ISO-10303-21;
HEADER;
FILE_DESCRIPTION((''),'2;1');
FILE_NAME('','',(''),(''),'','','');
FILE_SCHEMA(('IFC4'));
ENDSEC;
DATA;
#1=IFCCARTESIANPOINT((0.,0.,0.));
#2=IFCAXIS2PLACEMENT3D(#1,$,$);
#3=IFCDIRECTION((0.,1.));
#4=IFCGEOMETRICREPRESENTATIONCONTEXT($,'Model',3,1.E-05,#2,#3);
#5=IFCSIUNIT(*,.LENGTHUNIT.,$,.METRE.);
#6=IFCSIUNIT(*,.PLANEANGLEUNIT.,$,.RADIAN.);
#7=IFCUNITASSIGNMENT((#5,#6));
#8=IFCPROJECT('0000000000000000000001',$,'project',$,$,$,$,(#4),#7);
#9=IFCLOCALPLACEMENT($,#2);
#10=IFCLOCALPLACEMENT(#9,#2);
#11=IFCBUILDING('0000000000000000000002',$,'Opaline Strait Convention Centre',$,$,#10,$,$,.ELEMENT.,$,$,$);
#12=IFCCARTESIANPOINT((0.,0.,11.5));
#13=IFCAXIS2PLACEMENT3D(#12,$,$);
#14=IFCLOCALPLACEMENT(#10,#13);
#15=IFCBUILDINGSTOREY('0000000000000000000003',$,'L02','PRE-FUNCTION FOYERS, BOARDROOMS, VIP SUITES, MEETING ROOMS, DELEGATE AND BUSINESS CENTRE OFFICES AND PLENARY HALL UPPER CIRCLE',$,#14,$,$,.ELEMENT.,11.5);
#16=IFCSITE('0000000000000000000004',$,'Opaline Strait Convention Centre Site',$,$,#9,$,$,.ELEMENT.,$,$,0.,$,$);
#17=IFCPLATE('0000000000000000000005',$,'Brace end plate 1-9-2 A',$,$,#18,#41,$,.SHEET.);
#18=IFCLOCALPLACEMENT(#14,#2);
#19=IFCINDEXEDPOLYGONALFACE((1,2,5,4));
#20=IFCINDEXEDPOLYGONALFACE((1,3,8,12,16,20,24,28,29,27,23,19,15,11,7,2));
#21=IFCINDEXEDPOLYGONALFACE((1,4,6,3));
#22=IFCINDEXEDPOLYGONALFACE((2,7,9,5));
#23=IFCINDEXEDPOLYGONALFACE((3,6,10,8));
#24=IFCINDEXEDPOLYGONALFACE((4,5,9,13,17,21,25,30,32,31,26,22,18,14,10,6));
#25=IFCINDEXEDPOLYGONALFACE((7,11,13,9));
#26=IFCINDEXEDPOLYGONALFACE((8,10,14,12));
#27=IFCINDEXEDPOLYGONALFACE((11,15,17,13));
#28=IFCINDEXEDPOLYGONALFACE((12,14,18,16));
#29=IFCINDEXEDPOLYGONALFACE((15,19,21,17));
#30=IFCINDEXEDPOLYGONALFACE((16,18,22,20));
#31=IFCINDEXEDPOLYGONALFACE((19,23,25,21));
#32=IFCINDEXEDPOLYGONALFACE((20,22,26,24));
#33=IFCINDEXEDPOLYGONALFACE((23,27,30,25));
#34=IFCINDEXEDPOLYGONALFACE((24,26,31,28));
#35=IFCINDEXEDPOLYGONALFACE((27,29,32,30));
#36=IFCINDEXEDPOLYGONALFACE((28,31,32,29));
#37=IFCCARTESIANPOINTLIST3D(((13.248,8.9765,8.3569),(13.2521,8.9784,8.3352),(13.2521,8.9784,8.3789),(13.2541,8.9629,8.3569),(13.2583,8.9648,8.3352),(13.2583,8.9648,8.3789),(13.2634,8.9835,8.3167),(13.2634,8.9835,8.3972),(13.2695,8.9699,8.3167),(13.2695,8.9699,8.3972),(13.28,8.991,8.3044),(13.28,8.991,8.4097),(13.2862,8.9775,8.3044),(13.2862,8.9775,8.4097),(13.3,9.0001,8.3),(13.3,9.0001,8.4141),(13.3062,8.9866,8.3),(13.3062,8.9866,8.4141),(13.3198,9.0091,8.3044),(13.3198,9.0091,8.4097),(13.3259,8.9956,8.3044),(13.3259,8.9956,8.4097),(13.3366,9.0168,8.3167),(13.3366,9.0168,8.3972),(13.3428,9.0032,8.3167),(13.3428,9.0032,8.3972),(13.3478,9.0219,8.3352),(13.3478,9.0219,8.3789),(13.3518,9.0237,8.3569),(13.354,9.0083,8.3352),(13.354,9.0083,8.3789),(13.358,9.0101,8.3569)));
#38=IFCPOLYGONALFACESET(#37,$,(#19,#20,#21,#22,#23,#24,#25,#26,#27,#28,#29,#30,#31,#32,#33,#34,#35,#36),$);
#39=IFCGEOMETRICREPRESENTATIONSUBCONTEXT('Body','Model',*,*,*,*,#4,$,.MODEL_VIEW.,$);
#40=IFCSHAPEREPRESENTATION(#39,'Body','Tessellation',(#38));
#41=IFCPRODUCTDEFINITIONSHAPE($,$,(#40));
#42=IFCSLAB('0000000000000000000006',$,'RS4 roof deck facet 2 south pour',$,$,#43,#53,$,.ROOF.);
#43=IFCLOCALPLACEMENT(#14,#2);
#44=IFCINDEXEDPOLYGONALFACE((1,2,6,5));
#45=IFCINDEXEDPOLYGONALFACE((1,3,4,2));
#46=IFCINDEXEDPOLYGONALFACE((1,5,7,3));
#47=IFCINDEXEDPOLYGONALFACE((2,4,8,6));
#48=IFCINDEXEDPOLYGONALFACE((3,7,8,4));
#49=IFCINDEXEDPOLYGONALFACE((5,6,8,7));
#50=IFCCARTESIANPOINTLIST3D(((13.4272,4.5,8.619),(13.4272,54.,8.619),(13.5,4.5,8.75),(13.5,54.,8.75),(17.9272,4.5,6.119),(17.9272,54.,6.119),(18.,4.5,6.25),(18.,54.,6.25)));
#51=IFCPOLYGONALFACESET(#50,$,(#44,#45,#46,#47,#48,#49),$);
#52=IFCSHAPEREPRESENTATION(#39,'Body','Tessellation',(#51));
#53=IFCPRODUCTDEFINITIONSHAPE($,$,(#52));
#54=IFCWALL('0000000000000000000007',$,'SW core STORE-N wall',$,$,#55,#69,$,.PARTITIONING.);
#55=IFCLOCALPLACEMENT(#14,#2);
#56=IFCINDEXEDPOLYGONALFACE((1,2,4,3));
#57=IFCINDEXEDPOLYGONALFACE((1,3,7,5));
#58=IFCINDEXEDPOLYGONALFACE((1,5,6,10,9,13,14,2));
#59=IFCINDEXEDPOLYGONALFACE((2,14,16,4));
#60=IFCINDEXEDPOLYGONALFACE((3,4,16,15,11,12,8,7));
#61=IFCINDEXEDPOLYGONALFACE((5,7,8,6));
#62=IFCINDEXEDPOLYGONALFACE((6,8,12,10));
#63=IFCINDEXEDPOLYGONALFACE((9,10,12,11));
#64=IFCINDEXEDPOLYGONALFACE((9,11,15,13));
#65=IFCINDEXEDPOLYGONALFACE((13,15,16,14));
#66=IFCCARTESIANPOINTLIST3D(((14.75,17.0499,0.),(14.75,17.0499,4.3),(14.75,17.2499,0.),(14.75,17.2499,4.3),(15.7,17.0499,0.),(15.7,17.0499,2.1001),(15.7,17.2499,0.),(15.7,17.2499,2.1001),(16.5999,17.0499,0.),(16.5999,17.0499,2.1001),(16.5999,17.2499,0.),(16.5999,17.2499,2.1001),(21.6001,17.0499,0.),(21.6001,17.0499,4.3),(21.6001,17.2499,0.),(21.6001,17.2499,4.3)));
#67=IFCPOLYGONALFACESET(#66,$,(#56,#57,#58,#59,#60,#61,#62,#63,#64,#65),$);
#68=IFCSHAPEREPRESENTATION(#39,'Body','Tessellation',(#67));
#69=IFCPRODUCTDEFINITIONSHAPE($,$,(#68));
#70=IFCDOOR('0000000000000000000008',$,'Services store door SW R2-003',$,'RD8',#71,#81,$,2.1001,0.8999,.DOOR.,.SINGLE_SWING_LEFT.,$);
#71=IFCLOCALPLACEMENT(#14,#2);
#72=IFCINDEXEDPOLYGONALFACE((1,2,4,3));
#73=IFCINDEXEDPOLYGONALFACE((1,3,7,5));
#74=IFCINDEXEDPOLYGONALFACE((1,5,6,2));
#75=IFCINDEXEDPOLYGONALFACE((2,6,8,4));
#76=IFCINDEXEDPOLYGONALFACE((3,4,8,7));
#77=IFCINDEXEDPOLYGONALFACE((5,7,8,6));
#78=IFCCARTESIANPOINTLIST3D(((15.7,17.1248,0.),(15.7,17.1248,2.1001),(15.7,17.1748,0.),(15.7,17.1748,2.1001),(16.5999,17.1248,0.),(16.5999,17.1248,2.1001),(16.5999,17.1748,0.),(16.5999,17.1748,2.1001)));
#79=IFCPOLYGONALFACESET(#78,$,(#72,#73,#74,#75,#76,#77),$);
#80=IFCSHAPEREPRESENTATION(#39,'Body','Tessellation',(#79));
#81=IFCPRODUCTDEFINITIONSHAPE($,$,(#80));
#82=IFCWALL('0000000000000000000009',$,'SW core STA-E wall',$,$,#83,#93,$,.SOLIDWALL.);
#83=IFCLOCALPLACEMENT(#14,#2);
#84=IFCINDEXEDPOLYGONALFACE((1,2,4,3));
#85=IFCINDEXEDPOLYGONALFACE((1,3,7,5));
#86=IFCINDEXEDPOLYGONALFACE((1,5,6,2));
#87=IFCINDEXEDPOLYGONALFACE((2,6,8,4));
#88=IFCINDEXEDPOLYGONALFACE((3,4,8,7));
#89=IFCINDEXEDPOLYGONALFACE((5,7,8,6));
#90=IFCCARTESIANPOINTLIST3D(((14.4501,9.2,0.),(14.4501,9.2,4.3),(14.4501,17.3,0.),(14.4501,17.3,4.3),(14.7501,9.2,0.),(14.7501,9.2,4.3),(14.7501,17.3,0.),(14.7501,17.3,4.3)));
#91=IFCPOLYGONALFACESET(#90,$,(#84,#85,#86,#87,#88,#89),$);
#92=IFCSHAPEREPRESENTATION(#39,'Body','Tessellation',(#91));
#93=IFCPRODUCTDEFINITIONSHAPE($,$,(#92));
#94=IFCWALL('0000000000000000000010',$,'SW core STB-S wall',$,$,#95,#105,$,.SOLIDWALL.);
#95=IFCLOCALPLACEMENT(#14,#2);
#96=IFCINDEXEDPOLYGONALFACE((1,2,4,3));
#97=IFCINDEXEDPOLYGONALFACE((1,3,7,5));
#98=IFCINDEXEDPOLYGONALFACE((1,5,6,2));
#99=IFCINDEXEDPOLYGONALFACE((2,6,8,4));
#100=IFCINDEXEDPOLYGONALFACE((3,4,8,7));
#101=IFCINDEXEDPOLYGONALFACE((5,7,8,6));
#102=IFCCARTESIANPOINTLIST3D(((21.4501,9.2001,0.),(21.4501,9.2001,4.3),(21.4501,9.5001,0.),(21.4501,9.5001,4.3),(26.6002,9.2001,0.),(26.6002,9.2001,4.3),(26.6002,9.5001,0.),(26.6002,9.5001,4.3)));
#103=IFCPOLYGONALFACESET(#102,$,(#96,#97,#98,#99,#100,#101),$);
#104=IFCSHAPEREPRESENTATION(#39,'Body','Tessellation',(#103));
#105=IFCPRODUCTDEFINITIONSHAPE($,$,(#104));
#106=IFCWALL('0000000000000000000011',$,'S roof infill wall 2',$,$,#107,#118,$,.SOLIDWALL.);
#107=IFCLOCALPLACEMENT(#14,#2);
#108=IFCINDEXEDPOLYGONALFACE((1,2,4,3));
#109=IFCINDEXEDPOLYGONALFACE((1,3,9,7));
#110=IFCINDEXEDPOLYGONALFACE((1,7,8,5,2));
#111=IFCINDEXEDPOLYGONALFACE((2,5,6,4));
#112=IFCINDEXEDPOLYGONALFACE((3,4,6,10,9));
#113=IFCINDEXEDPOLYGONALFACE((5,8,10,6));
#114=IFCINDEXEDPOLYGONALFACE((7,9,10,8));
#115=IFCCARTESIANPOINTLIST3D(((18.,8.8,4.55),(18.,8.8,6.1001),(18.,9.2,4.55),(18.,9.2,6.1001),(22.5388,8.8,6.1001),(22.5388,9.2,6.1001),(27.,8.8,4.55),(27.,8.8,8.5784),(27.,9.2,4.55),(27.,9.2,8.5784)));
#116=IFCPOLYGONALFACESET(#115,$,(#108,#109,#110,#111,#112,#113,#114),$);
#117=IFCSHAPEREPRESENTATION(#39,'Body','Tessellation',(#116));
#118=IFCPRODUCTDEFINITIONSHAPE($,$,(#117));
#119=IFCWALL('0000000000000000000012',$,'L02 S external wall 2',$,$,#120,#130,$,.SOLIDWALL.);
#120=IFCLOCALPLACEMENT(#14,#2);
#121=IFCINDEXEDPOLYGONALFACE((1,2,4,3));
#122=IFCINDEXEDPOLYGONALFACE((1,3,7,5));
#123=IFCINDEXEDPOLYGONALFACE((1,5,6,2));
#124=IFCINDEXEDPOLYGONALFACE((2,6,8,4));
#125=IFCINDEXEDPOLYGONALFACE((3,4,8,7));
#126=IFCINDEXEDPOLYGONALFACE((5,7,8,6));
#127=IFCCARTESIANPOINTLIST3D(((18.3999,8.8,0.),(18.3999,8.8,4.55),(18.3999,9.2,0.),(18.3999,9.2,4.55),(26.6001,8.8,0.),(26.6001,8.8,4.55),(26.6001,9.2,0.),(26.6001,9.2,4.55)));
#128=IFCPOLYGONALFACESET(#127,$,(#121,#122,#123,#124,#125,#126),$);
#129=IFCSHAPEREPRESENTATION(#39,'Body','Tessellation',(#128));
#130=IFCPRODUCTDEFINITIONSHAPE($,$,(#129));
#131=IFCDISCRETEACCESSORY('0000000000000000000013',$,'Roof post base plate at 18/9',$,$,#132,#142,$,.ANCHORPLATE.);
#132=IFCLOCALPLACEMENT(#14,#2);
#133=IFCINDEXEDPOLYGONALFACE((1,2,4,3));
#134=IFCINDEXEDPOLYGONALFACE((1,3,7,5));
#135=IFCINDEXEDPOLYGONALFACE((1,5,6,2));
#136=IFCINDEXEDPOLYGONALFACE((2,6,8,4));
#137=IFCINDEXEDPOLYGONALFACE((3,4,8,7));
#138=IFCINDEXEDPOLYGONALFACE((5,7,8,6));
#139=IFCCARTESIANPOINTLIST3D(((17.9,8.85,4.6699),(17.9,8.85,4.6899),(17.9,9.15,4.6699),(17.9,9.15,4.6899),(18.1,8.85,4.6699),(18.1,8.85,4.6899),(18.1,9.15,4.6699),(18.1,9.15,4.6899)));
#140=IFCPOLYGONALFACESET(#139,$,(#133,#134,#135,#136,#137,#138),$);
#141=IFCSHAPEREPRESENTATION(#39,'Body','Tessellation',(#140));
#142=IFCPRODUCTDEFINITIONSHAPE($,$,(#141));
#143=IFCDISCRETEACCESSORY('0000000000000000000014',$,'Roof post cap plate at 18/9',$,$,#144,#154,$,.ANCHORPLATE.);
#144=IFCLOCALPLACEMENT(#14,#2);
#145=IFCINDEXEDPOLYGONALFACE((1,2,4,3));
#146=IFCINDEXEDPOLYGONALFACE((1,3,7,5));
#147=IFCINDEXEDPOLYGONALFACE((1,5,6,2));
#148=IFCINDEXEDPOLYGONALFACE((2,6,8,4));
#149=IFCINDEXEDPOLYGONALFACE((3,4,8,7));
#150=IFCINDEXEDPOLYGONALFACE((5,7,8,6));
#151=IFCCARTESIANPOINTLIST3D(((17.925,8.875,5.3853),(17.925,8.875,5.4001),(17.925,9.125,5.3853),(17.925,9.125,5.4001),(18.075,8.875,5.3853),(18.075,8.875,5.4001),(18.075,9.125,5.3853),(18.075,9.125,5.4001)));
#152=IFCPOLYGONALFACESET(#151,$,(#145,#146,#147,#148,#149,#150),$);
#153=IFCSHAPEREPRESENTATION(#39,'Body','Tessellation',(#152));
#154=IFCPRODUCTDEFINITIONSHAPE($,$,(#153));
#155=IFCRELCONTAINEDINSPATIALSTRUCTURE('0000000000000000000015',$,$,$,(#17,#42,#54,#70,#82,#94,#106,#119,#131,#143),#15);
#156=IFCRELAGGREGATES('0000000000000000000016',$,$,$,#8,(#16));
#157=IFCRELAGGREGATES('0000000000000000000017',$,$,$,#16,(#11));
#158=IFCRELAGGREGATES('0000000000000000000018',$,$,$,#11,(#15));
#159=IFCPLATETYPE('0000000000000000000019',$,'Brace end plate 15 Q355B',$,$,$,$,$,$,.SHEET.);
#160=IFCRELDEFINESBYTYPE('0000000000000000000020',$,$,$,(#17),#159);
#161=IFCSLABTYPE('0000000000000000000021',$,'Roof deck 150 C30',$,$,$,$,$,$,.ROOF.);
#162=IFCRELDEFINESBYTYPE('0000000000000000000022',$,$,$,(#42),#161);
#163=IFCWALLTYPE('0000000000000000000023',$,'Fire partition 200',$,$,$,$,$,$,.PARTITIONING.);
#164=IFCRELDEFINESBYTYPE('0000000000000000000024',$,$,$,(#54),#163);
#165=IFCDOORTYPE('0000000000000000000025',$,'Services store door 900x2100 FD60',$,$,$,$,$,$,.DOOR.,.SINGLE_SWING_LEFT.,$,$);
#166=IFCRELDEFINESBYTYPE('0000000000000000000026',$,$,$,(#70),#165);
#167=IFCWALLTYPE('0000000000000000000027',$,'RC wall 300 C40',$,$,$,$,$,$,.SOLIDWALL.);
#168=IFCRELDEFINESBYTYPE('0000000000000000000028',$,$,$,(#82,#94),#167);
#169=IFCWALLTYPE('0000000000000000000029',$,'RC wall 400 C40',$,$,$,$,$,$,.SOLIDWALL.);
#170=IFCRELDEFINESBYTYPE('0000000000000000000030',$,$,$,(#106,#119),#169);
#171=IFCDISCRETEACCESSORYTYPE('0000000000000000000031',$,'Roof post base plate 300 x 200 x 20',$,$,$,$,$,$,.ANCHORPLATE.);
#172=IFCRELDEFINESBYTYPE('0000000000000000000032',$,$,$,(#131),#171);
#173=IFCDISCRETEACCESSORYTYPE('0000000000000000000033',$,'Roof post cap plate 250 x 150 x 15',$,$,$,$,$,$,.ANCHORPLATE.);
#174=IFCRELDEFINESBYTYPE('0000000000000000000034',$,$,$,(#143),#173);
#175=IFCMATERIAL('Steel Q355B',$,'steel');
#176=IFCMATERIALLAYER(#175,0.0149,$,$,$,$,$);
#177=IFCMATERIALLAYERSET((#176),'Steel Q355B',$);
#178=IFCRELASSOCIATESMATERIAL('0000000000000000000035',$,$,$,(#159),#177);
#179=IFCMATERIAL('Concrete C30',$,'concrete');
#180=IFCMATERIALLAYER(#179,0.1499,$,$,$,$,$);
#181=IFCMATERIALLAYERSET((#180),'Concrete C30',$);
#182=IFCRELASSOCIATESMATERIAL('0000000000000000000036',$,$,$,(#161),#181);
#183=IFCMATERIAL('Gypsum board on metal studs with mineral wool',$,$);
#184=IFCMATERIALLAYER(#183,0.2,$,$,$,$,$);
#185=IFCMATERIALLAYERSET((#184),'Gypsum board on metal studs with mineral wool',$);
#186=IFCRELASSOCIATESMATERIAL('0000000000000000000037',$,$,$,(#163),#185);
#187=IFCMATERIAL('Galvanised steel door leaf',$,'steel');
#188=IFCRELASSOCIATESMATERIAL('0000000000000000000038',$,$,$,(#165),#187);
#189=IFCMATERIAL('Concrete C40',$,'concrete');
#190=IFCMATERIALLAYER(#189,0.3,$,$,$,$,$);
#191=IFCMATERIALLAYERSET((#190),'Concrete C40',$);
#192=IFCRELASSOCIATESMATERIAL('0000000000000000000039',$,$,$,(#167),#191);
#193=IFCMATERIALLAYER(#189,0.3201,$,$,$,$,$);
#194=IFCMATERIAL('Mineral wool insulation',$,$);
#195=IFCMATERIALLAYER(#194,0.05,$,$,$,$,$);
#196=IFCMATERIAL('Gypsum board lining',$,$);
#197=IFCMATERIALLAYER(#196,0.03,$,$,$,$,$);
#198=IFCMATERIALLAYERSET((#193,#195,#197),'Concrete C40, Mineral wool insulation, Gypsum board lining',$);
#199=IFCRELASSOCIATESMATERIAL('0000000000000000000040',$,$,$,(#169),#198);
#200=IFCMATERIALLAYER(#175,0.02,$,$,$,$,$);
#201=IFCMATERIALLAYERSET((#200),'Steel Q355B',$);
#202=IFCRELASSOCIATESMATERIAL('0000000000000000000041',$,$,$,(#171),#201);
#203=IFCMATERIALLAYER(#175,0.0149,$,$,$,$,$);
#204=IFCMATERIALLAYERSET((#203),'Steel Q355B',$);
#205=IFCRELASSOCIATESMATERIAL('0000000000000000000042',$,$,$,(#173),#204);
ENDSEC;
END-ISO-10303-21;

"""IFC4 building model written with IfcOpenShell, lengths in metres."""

from ifc_helpers import new_model, si_unit, direction, frame, frame_2d, origin, origin_2d, place, context, subcontext, project, spatial, polyline, rectangle, outline, extrude, material, layer, layer_set, type_object, element, fill, save


model = new_model("IFC4")

# Units and contexts
model_context = context("Model", 3, precision=1e-05, world=origin(), true_north=direction((0.0, 1.0)))
body_context = subcontext(model_context, "Body", "Model", "MODEL_VIEW")
ifc_project = project(units=[si_unit("LENGTHUNIT", "METRE"), si_unit("PLANEANGLEUNIT", "RADIAN")], contexts=[model_context])

# Site, building, storey
site_placement = place(None, origin())
site = spatial("IfcSite", under=ifc_project, at=site_placement, Name="Opaline Strait Convention Centre Site", CompositionType="ELEMENT", RefElevation=0.0)
building_placement = place(site_placement, origin())
building = spatial("IfcBuilding", under=site, at=building_placement, Name="Opaline Strait Convention Centre", CompositionType="ELEMENT")
storey_placement = place(building_placement, frame((0.0, 0.0, 11.5)))
storey = spatial("IfcBuildingStorey", under=building, at=storey_placement, Name="L02", Description="PRE-FUNCTION FOYERS, BOARDROOMS, VIP SUITES, MEETING ROOMS, DELEGATE AND BUSINESS CENTRE OFFICES AND PLENARY HALL UPPER CIRCLE", CompositionType="ELEMENT", Elevation=11.5)

# Shared definitions
ifc_material_1 = material(Name="Concrete C40", Category="concrete")

# Shared definitions
ifc_material_2 = material(Name="Steel Q355B", Category="steel")

# Plate
ifc_layer_1 = layer(ifc_material_2, 0.0149)
ifc_layer_set_1 = layer_set([ifc_layer_1], Name="Steel Q355B")
plate_type = type_object("IfcPlateType", Name="Brace end plate 15 Q355B", PredefinedType="SHEET", material=ifc_layer_set_1)
plate_1_placement = place(storey_placement, frame((13.3518, 9.0237, 8.3569), z_axis=(-0.413759, 0.910386, 0.0), x_axis=(-0.179277, -0.081479, -0.980419)))
element("IfcPlate", 1, at=plate_1_placement, inside=storey, type_object=plate_type, Name="Brace end plate 1-9-2 A", PredefinedType="SHEET", context=body_context, shape_type="SweptSolid", body=[
    extrude(outline(polyline([(0.0, 0.0), (0.0222, 0.0), (0.0428, 0.0084), (0.0584, 0.0242), (0.067, 0.0446), (0.067, 0.067), (0.0586, 0.0873), (0.0429, 0.103), (0.0225, 0.1118), (0.0, 0.1117), (-0.0204, 0.1032), (-0.0362, 0.0877), (-0.0448, 0.0671), (-0.0448, 0.0449), (-0.0362, 0.0243), (-0.0207, 0.0086), (0.0, 0.0)])), origin(), (0.0, 0.0, -1.0), 0.0149),
])

# Slab
ifc_material_3 = material(Name="Concrete C30", Category="concrete")
ifc_layer_2 = layer(ifc_material_3, 0.1499)
ifc_layer_set_2 = layer_set([ifc_layer_2], Name="Concrete C30")
slab_type = type_object("IfcSlabType", Name="Roof deck 150 C30", PredefinedType="ROOF", material=ifc_layer_set_2)
slab_placement = place(storey_placement, frame((13.5, 4.5, 8.75), z_axis=(0.485643, 0.0, 0.874157), x_axis=(0.874157, 0.0, -0.485643)))
element("IfcSlab", 2, at=slab_placement, inside=storey, type_object=slab_type, Name="RS4 roof deck facet 2 south pour", PredefinedType="ROOF", context=body_context, shape_type="SweptSolid", body=[
    extrude(outline(polyline([(0.0, 0.0), (5.1478, 0.0), (5.1478, 49.5), (0.0, 49.5), (0.0, 0.0)])), origin(), (0.0, 0.0, -1.0), 0.1499),
])

# Wall, opening, door
ifc_material_4 = material(Name="Gypsum board on metal studs with mineral wool")
ifc_layer_3 = layer(ifc_material_4, 0.2)
ifc_layer_set_3 = layer_set([ifc_layer_3], Name="Gypsum board on metal studs with mineral wool")
wall_type_1 = type_object("IfcWallType", Name="Fire partition 200", PredefinedType="PARTITIONING", material=ifc_layer_set_3)
wall_1_placement = place(storey_placement, frame((14.75, 17.1499, 0.0), z_axis=(0.0, 0.0, 1.0), x_axis=(1.0, 0.0, 0.0)))
wall_1 = element("IfcWall", 3, at=wall_1_placement, inside=storey, type_object=wall_type_1, Name="SW core STORE-N wall", PredefinedType="PARTITIONING", context=body_context, shape_type="SweptSolid", body=[
    extrude(rectangle(XDim=6.8501, YDim=0.2, at=frame_2d((3.425, 0.0))), origin(), (0.0, 0.0, 1.0), 4.3),
])
opening_placement = place(wall_1_placement, frame((0.95, 0.0, 0.0)))
opening = element("IfcOpeningElement", 4, at=opening_placement, cuts=wall_1, PredefinedType="OPENING", context=body_context, shape_type="SweptSolid", body=[
    extrude(rectangle(XDim=0.8999, YDim=2.1001, at=frame_2d((0.45, 1.05))), frame((0.0, 0.1099, 0.0), z_axis=(0.0, -1.0, 0.0), x_axis=(1.0, 0.0, 0.0)), (0.0, 0.0, 1.0), 0.22),
])
ifc_material_5 = material(Name="Galvanised steel door leaf", Category="steel")
door_type = type_object("IfcDoorType", Name="Services store door 900x2100 FD60", OperationType="SINGLE_SWING_LEFT", PredefinedType="DOOR", material=ifc_material_5)
door_placement = place(opening_placement, origin())
door = element("IfcDoor", 5, at=door_placement, inside=storey, type_object=door_type, Name="Services store door SW R2-003", ObjectType="RD8", OperationType="SINGLE_SWING_LEFT", OverallHeight=2.1001, OverallWidth=0.8999, PredefinedType="DOOR", context=body_context, shape_type="SweptSolid", body=[
    extrude(rectangle(XDim=0.8999, YDim=2.1001, at=frame_2d((0.45, 1.05))), frame((0.0, 0.0249, 0.0), z_axis=(0.0, -1.0, 0.0), x_axis=(1.0, 0.0, 0.0)), (0.0, 0.0, 1.0), 0.05),
])
fill(opening, door)

# Walls
ifc_layer_4 = layer(ifc_material_1, 0.3)
ifc_layer_set_4 = layer_set([ifc_layer_4], Name="Concrete C40")
wall_type_2 = type_object("IfcWallType", Name="RC wall 300 C40", PredefinedType="SOLIDWALL", material=ifc_layer_set_4)
wall_2_placement = place(storey_placement, frame((14.6001, 9.2, 0.0), z_axis=(0.0, 0.0, 1.0), x_axis=(0.0, 1.0, 0.0)))
element("IfcWall", 6, at=wall_2_placement, inside=storey, type_object=wall_type_2, Name="SW core STA-E wall", PredefinedType="SOLIDWALL", context=body_context, shape_type="SweptSolid", body=[
    extrude(rectangle(XDim=8.1001, YDim=0.3, at=frame_2d((4.05, 0.0))), origin(), (0.0, 0.0, 1.0), 4.3),
])
wall_3_placement = place(storey_placement, frame((21.45, 9.3501, 0.0), z_axis=(0.0, 0.0, 1.0), x_axis=(1.0, 0.0, 0.0)))
element("IfcWall", 7, at=wall_3_placement, inside=storey, type_object=wall_type_2, Name="SW core STB-S wall", PredefinedType="SOLIDWALL", context=body_context, shape_type="SweptSolid", body=[
    extrude(rectangle(XDim=5.1501, YDim=0.3, at=frame_2d((2.5752, 0.0))), origin(), (0.0, 0.0, 1.0), 4.3),
])
ifc_layer_5 = layer(ifc_material_1, 0.3201)
ifc_material_6 = material(Name="Mineral wool insulation")
ifc_layer_6 = layer(ifc_material_6, 0.05)
ifc_material_7 = material(Name="Gypsum board lining")
ifc_layer_7 = layer(ifc_material_7, 0.03)
ifc_layer_set_5 = layer_set([ifc_layer_5, ifc_layer_6, ifc_layer_7], Name="Concrete C40, Mineral wool insulation, Gypsum board lining")
wall_type_3 = type_object("IfcWallType", Name="RC wall 400 C40", PredefinedType="SOLIDWALL", material=ifc_layer_set_5)
wall_4_placement = place(storey_placement, frame((18.0, 9.0, 4.55), z_axis=(0.0, 0.0, 1.0), x_axis=(1.0, 0.0, 0.0)))
element("IfcWall", 8, at=wall_4_placement, inside=storey, type_object=wall_type_3, Name="S roof infill wall 2", PredefinedType="SOLIDWALL", context=body_context, shape_type="SweptSolid", body=[
    extrude(outline(polyline([(0.0, 0.0), (9.0, 0.0), (9.0, 4.0283), (4.5388, 1.55), (0.0, 1.55), (0.0, 0.0)])), frame((0.0, 0.2, 0.0), z_axis=(0.0, -1.0, 0.0), x_axis=(1.0, 0.0, 0.0)), (0.0, 0.0, 1.0), 0.3999),
])
wall_5_placement = place(storey_placement, frame((18.3999, 9.0, 0.0), z_axis=(0.0, 0.0, 1.0), x_axis=(1.0, 0.0, 0.0)))
element("IfcWall", 9, at=wall_5_placement, inside=storey, type_object=wall_type_3, Name="L02 S external wall 2", PredefinedType="SOLIDWALL", context=body_context, shape_type="SweptSolid", body=[
    extrude(rectangle(XDim=8.2002, YDim=0.3999, at=frame_2d((4.1001, 0.0))), origin(), (0.0, 0.0, 1.0), 4.55),
])

# Discrete accessories
ifc_layer_8 = layer(ifc_material_2, 0.02)
ifc_layer_set_6 = layer_set([ifc_layer_8], Name="Steel Q355B")
discrete_accessory_type_1 = type_object("IfcDiscreteAccessoryType", Name="Roof post base plate 300 x 200 x 20", PredefinedType="ANCHORPLATE", material=ifc_layer_set_6)
discrete_accessory_1_placement = place(storey_placement, frame((18.0, 9.0, 4.6699), z_axis=(0.0, 0.0, 1.0), x_axis=(1.0, 0.0, 0.0)))
element("IfcDiscreteAccessory", 10, at=discrete_accessory_1_placement, inside=storey, type_object=discrete_accessory_type_1, Name="Roof post base plate at 18/9", PredefinedType="ANCHORPLATE", context=body_context, shape_type="SweptSolid", body=[
    extrude(rectangle(XDim=0.2, YDim=0.3, at=origin_2d()), origin(), (0.0, 0.0, 1.0), 0.02),
])
ifc_layer_9 = layer(ifc_material_2, 0.0149)
ifc_layer_set_7 = layer_set([ifc_layer_9], Name="Steel Q355B")
discrete_accessory_type_2 = type_object("IfcDiscreteAccessoryType", Name="Roof post cap plate 250 x 150 x 15", PredefinedType="ANCHORPLATE", material=ifc_layer_set_7)
discrete_accessory_2_placement = place(storey_placement, frame((18.0, 9.0, 5.3853), z_axis=(0.0, 0.0, 1.0), x_axis=(1.0, 0.0, 0.0)))
element("IfcDiscreteAccessory", 11, at=discrete_accessory_2_placement, inside=storey, type_object=discrete_accessory_type_2, Name="Roof post cap plate at 18/9", PredefinedType="ANCHORPLATE", context=body_context, shape_type="SweptSolid", body=[
    extrude(rectangle(XDim=0.1499, YDim=0.25, at=origin_2d()), origin(), (0.0, 0.0, 1.0), 0.0149),
])

save(model, "model.ifc")
